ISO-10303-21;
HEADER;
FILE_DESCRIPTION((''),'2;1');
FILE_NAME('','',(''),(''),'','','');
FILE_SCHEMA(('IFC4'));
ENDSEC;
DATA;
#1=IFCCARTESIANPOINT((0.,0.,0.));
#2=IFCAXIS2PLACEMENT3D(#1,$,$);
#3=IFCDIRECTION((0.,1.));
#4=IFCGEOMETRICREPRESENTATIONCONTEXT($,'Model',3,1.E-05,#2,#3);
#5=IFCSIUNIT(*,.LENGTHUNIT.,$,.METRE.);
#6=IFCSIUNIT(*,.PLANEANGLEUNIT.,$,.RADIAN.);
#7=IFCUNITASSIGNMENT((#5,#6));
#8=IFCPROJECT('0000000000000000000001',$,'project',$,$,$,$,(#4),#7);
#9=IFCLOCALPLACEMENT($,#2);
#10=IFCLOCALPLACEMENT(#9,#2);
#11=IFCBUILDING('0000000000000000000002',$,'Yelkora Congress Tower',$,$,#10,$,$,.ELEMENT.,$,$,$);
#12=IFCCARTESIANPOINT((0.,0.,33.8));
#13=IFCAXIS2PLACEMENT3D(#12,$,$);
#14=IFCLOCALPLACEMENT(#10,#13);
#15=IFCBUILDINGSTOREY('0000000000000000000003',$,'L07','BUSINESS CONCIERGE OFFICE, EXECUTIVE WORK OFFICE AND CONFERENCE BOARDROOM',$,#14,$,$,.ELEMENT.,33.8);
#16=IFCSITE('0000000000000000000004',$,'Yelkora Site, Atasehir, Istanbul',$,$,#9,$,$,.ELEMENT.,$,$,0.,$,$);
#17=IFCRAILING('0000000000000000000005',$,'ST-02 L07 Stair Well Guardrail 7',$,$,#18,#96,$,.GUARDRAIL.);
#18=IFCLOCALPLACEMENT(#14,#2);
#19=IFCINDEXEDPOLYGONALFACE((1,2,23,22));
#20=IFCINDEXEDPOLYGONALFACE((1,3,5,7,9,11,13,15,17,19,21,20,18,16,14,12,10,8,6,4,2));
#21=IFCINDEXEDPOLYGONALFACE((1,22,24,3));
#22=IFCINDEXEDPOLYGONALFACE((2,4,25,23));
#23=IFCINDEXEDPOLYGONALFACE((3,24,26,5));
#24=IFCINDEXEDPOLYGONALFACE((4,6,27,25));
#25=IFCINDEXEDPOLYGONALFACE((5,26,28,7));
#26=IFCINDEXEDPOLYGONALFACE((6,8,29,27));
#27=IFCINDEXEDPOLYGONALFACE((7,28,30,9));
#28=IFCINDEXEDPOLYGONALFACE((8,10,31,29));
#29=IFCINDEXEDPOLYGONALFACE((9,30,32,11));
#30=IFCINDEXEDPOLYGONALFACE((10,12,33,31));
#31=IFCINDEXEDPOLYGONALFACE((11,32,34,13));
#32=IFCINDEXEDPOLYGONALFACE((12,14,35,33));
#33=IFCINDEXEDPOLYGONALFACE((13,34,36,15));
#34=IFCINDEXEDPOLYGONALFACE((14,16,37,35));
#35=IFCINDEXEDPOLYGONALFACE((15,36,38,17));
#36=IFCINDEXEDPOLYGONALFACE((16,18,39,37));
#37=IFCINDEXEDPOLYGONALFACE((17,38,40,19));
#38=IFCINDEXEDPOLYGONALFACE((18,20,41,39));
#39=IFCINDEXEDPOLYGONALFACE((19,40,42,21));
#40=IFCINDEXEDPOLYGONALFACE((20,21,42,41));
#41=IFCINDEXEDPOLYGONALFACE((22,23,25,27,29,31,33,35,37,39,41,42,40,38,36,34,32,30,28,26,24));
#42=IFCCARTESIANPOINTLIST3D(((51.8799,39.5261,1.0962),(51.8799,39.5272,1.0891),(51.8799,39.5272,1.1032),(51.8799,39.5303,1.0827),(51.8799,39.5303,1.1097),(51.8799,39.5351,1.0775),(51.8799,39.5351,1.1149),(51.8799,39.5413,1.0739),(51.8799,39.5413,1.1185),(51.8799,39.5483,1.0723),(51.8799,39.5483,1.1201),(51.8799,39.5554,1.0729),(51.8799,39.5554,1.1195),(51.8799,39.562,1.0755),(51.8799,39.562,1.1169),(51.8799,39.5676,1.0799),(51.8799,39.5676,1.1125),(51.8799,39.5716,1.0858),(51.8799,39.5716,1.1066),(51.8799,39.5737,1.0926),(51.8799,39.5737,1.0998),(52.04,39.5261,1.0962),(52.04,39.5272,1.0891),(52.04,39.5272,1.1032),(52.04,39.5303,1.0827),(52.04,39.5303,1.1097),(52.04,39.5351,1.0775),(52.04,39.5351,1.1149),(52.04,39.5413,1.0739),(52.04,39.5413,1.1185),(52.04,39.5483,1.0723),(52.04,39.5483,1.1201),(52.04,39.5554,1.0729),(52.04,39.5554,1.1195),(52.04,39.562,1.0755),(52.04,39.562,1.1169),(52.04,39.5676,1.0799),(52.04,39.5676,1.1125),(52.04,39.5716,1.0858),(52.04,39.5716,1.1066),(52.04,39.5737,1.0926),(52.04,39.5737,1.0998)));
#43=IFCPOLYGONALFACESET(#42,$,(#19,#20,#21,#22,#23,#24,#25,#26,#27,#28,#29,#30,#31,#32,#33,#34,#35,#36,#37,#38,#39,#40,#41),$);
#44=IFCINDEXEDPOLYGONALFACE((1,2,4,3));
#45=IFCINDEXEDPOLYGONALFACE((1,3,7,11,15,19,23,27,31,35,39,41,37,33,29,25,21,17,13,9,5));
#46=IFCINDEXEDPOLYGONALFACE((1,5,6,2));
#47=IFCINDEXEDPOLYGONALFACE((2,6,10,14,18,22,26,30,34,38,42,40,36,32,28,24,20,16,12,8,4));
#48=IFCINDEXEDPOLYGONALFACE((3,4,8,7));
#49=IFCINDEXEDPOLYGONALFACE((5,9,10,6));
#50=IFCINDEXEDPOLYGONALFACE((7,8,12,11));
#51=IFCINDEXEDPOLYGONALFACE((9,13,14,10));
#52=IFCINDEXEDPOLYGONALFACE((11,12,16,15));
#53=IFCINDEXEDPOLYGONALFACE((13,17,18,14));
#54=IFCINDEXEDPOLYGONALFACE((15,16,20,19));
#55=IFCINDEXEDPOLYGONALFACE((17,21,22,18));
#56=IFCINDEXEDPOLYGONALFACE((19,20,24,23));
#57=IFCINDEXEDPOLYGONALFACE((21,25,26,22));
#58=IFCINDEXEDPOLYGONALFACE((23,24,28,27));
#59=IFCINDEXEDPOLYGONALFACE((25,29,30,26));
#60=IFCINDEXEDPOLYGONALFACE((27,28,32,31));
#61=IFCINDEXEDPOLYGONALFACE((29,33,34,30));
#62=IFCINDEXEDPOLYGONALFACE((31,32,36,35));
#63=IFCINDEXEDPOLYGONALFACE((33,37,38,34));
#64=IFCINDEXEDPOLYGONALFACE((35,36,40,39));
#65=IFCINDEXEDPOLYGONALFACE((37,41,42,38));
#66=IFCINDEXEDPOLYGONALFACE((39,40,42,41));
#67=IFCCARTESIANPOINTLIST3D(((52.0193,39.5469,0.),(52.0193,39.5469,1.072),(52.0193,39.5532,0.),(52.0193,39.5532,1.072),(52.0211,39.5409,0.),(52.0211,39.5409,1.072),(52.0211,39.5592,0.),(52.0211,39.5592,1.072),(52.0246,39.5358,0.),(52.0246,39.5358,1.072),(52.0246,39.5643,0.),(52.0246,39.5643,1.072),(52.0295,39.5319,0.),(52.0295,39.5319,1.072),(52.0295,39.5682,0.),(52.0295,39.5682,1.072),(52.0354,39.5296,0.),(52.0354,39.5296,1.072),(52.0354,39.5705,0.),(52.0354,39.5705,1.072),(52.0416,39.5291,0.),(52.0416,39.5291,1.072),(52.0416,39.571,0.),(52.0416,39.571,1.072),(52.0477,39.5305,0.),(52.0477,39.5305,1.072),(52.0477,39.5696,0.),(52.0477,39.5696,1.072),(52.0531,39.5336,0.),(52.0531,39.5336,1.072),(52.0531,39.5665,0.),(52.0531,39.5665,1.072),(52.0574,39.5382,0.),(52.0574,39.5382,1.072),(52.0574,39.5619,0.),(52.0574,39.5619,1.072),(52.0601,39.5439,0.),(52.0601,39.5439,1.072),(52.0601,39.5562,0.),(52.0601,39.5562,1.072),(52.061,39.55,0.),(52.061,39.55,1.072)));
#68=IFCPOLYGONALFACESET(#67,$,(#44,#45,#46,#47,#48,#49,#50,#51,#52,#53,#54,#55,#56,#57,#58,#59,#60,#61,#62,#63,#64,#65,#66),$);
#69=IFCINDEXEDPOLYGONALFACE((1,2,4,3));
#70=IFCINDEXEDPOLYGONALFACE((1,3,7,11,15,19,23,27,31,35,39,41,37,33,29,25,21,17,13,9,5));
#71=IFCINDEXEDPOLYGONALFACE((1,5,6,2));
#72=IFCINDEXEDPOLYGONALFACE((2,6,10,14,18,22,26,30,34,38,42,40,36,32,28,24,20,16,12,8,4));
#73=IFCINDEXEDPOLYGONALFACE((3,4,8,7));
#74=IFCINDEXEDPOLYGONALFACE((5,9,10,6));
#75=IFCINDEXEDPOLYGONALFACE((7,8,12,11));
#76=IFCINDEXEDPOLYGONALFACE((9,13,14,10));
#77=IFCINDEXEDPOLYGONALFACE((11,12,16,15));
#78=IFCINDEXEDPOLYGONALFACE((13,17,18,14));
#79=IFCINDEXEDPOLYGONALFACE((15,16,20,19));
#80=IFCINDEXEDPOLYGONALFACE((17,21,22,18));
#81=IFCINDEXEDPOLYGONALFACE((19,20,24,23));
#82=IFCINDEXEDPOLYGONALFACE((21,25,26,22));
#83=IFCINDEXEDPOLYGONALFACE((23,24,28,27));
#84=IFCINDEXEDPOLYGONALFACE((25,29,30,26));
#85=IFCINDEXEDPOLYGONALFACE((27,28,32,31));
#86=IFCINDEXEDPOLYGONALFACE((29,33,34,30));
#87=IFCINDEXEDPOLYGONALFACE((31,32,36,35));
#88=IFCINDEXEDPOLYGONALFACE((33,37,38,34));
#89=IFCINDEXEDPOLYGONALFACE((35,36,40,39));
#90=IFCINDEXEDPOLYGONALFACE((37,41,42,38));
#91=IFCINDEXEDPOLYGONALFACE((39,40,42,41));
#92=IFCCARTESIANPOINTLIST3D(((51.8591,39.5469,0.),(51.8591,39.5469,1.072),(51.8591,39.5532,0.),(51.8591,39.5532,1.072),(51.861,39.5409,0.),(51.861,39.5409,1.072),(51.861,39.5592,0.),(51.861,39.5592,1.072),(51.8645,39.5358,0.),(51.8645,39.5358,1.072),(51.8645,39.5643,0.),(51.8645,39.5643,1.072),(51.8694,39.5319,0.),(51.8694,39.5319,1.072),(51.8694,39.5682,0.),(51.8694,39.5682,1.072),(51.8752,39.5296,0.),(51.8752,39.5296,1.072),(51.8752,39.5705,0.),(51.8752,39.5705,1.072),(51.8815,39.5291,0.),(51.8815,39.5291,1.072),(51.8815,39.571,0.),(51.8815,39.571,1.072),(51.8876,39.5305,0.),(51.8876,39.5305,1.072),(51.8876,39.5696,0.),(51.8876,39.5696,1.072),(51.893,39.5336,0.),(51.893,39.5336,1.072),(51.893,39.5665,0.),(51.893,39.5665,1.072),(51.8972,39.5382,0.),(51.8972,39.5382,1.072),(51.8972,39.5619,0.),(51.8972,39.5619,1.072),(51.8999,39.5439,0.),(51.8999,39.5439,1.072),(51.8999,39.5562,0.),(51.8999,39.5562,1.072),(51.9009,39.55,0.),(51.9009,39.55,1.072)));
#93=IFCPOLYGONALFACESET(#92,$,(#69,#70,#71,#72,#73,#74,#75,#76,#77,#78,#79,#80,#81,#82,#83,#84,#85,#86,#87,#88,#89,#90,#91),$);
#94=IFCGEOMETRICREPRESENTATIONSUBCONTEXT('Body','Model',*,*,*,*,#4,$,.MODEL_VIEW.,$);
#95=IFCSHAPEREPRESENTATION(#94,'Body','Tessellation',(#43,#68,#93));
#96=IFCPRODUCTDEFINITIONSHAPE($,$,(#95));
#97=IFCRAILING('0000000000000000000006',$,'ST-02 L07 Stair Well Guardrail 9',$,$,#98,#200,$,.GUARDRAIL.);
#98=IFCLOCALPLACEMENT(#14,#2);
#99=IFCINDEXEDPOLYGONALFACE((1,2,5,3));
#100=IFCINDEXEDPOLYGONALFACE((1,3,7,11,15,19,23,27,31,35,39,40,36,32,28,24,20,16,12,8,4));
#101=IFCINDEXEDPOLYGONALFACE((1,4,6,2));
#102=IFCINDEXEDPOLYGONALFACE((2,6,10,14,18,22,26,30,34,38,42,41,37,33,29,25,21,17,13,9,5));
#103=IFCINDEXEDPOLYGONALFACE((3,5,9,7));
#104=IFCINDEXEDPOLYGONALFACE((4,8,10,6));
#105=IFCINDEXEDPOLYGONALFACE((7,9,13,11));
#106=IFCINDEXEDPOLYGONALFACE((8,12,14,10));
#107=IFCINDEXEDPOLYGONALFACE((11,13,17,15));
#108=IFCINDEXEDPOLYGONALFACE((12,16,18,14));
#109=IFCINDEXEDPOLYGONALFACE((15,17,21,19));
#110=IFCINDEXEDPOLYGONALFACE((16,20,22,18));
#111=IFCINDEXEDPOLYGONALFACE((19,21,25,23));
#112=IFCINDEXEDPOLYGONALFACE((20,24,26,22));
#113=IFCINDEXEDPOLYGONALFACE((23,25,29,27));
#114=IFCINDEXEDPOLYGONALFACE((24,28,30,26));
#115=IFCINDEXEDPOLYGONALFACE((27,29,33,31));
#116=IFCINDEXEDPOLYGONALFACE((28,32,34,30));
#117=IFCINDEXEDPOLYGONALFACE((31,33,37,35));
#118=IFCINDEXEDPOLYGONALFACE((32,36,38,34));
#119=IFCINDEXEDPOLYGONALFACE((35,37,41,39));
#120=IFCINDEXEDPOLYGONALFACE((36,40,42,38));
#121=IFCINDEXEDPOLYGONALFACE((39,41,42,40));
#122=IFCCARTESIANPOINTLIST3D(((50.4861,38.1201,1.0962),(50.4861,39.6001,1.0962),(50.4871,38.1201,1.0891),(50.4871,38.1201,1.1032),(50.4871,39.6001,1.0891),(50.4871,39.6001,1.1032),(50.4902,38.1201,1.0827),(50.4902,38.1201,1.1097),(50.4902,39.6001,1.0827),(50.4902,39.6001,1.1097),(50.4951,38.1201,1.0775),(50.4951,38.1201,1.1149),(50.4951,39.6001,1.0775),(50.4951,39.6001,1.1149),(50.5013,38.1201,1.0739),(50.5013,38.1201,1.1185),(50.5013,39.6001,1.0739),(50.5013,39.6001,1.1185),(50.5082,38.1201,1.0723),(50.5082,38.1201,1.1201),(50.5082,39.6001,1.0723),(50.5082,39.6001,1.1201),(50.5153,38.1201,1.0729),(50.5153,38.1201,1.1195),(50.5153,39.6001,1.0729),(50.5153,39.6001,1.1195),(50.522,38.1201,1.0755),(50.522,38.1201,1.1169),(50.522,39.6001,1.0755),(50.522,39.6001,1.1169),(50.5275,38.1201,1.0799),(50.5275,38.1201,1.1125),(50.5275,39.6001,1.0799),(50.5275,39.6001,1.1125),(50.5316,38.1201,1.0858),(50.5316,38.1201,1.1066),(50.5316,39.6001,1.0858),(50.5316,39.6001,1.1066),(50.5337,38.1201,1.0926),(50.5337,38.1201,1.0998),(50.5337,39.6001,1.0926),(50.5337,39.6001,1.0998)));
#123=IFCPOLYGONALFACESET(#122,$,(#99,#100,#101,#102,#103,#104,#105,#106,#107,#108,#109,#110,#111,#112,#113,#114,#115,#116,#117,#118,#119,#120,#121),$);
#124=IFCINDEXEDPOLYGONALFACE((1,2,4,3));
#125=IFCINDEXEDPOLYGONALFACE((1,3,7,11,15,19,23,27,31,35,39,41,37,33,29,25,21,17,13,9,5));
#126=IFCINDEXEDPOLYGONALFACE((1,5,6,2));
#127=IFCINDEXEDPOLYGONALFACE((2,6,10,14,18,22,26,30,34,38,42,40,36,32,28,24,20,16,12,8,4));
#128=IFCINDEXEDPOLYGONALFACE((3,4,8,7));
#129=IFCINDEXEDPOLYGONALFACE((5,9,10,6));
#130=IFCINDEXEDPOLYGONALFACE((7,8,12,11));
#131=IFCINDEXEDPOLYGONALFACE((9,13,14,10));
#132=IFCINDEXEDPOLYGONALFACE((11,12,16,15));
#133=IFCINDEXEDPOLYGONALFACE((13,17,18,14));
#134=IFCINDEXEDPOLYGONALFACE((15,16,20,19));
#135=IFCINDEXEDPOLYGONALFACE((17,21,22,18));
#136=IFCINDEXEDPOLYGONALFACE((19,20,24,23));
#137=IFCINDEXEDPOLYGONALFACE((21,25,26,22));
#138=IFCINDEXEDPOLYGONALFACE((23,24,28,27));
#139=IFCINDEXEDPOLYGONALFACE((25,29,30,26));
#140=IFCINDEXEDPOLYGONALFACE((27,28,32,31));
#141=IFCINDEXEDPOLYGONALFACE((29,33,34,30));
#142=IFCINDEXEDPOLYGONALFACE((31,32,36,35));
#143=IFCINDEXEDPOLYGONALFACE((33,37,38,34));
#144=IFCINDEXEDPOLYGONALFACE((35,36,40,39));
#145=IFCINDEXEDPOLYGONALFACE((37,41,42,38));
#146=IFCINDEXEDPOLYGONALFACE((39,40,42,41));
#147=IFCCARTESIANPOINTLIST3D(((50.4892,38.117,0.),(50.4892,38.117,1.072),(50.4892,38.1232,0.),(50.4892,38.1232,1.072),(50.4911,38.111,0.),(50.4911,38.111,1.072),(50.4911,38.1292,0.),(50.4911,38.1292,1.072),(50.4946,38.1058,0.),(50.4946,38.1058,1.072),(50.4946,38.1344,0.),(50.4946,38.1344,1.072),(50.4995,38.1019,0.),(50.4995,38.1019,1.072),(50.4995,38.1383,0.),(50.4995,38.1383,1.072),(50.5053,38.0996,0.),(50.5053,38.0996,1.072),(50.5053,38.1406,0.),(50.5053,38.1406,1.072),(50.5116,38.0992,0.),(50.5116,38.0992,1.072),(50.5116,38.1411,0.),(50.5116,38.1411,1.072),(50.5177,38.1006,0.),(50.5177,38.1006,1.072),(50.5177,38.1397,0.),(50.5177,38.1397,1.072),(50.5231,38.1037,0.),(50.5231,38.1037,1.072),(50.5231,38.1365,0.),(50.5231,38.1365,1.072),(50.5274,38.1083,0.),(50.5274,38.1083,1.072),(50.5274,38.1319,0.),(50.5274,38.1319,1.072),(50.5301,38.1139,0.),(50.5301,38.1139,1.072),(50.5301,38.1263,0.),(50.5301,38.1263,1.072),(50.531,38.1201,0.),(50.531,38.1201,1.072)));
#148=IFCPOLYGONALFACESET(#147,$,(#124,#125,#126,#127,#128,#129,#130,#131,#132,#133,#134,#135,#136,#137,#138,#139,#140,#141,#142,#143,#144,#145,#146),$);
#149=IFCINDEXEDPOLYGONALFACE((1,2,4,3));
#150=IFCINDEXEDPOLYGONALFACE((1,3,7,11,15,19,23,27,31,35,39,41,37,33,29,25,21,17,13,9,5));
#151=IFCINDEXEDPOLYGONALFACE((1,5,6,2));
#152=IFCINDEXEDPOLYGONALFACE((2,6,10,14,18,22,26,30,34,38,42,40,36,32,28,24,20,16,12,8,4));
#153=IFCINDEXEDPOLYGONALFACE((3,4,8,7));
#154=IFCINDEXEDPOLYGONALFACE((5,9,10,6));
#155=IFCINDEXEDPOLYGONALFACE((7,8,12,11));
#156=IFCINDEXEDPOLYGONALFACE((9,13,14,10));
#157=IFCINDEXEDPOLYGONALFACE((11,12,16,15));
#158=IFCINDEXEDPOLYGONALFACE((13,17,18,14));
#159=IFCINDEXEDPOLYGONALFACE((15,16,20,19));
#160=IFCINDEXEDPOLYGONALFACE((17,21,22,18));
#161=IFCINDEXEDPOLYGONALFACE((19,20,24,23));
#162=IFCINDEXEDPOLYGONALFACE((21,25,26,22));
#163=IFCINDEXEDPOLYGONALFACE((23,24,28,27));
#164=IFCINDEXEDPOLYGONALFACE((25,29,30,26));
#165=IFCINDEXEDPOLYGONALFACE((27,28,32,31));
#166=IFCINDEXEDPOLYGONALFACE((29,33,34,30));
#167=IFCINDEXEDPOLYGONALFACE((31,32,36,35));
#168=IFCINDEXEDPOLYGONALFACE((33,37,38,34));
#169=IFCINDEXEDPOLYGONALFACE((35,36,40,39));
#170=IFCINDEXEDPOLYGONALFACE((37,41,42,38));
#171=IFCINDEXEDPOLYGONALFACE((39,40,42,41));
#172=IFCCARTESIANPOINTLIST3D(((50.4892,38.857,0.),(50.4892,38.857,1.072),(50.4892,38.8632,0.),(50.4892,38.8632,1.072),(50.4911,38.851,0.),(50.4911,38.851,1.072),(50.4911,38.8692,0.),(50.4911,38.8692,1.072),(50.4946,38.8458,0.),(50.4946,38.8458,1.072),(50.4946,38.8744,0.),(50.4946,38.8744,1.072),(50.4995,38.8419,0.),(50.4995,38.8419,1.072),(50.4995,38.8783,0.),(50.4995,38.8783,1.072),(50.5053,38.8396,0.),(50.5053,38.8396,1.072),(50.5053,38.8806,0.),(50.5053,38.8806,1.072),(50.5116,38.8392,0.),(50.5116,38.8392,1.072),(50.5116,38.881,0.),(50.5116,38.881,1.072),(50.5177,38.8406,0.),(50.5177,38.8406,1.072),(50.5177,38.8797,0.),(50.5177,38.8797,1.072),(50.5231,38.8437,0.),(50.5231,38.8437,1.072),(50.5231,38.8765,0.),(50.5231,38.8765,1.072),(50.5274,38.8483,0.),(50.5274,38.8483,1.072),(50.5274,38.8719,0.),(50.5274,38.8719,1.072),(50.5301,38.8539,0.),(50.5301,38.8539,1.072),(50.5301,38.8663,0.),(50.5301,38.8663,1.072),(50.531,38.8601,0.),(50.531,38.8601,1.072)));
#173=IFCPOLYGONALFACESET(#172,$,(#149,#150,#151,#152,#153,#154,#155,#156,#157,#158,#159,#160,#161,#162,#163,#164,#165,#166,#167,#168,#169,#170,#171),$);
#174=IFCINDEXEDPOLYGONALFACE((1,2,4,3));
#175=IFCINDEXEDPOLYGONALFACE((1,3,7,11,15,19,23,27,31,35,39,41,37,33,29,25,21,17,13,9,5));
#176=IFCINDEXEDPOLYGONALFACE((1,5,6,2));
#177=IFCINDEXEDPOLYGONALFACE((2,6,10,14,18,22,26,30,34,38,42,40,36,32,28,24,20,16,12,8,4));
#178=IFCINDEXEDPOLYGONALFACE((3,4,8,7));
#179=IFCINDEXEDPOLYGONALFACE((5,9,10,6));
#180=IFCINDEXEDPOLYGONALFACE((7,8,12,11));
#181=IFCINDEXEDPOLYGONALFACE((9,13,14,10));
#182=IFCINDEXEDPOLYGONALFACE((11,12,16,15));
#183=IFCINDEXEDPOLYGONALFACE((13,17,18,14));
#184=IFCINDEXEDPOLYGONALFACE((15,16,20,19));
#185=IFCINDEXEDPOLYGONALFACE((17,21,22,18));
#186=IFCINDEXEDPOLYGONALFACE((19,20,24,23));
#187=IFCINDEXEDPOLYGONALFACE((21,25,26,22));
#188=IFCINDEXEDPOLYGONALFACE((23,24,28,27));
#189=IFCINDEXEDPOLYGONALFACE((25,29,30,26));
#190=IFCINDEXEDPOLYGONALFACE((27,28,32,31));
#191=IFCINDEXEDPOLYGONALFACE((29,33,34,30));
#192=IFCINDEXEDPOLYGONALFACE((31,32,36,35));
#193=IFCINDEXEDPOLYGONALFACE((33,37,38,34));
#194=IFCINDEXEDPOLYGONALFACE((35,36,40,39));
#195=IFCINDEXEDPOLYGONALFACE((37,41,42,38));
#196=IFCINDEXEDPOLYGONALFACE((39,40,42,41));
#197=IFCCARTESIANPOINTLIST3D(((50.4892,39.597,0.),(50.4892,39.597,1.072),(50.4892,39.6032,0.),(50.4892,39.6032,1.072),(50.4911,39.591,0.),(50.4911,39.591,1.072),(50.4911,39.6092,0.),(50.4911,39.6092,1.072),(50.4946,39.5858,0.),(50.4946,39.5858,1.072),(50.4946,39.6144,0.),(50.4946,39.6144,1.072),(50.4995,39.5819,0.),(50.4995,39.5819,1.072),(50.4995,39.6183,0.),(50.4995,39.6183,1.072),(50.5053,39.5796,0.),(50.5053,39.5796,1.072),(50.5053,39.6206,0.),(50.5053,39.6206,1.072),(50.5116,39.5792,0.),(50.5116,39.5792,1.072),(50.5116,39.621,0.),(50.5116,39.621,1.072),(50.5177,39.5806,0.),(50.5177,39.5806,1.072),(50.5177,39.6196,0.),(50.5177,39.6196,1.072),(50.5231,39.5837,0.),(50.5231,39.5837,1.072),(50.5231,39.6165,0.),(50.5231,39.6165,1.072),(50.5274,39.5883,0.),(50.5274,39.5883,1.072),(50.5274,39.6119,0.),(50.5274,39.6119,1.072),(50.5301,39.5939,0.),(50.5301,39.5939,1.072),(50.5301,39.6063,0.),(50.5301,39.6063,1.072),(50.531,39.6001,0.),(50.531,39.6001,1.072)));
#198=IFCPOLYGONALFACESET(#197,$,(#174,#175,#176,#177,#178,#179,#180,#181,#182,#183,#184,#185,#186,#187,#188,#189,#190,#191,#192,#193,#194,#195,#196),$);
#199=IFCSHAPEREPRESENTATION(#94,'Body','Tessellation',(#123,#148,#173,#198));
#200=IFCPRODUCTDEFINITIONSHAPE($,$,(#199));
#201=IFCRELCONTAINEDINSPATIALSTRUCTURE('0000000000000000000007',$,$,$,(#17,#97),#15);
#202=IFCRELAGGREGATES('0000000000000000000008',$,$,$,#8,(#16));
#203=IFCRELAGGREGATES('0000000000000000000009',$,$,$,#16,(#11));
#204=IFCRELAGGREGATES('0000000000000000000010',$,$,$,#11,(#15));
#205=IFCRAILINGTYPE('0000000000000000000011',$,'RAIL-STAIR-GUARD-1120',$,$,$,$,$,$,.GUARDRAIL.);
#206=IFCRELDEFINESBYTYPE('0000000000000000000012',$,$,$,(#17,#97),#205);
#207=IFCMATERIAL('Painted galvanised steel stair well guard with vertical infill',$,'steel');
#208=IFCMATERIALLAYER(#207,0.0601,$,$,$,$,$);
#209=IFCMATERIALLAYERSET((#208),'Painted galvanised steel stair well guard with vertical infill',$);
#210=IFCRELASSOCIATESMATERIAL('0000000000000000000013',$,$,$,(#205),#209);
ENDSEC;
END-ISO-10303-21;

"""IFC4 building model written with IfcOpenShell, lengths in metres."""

from ifc_helpers import new_model, si_unit, direction, frame, origin, origin_2d, place, context, subcontext, project, spatial, circle, extrude, material, layer, layer_set, type_object, element, save


model = new_model("IFC4")

# Units and contexts
model_context = context("Model", 3, precision=1e-05, world=origin(), true_north=direction((0.0, 1.0)))
body_context = subcontext(model_context, "Body", "Model", "MODEL_VIEW")
ifc_project = project(units=[si_unit("LENGTHUNIT", "METRE"), si_unit("PLANEANGLEUNIT", "RADIAN")], contexts=[model_context])

# Site, building, storey
site_placement = place(None, origin())
site = spatial("IfcSite", under=ifc_project, at=site_placement, Name="Yelkora Site, Atasehir, Istanbul", CompositionType="ELEMENT", RefElevation=0.0)
building_placement = place(site_placement, origin())
building = spatial("IfcBuilding", under=site, at=building_placement, Name="Yelkora Congress Tower", CompositionType="ELEMENT")
storey_placement = place(building_placement, frame((0.0, 0.0, 33.8)))
storey = spatial("IfcBuildingStorey", under=building, at=storey_placement, Name="L07", Description="BUSINESS CONCIERGE OFFICE, EXECUTIVE WORK OFFICE AND CONFERENCE BOARDROOM", CompositionType="ELEMENT", Elevation=33.8)

# Railings
ifc_material_1 = material(Name="Painted galvanised steel stair well guard with vertical infill", Category="steel")
ifc_layer_1 = layer(ifc_material_1, 0.0601)
ifc_layer_set_1 = layer_set([ifc_layer_1], Name="Painted galvanised steel stair well guard with vertical infill")
railing_type_1 = type_object("IfcRailingType", Name="RAIL-STAIR-GUARD-1120", PredefinedType="GUARDRAIL", material=ifc_layer_set_1)
railing_1_placement = place(storey_placement, frame((52.04, 39.55, 0.0)))
element("IfcRailing", 1, at=railing_1_placement, inside=storey, type_object=railing_type_1, Name="ST-02 L07 Stair Well Guardrail 7", PredefinedType="GUARDRAIL", context=body_context, shape_type="SweptSolid", body=[
    extrude(circle(Radius=0.0239, at=origin_2d()), frame((0.0, 0.0, 1.0962), z_axis=(-1.0, 0.0, 0.0), x_axis=(0.0, -1.0, 0.0)), (0.0, 0.0, 1.0), 0.1602),
    extrude(circle(Radius=0.021, at=origin_2d()), origin(), (0.0, 0.0, 1.0), 1.072),
    extrude(circle(Radius=0.021, at=origin_2d()), frame((-0.1602, 0.0, 0.0)), (0.0, 0.0, 1.0), 1.072),
])
railing_2_placement = place(storey_placement, frame((50.51, 38.1201, 0.0)))
element("IfcRailing", 2, at=railing_2_placement, inside=storey, type_object=railing_type_1, Name="ST-02 L07 Stair Well Guardrail 9", PredefinedType="GUARDRAIL", context=body_context, shape_type="SweptSolid", body=[
    extrude(circle(Radius=0.0239, at=origin_2d()), frame((0.0, 0.0, 1.0962), z_axis=(0.0, 1.0, 0.0), x_axis=(-1.0, 0.0, 0.0)), (0.0, 0.0, 1.0), 1.48),
    extrude(circle(Radius=0.021, at=origin_2d()), origin(), (0.0, 0.0, 1.0), 1.072),
    extrude(circle(Radius=0.021, at=origin_2d()), frame((0.0, 0.74, 0.0)), (0.0, 0.0, 1.0), 1.072),
    extrude(circle(Radius=0.021, at=origin_2d()), frame((0.0, 1.48, 0.0)), (0.0, 0.0, 1.0), 1.072),
])

save(model, "model.ifc")
